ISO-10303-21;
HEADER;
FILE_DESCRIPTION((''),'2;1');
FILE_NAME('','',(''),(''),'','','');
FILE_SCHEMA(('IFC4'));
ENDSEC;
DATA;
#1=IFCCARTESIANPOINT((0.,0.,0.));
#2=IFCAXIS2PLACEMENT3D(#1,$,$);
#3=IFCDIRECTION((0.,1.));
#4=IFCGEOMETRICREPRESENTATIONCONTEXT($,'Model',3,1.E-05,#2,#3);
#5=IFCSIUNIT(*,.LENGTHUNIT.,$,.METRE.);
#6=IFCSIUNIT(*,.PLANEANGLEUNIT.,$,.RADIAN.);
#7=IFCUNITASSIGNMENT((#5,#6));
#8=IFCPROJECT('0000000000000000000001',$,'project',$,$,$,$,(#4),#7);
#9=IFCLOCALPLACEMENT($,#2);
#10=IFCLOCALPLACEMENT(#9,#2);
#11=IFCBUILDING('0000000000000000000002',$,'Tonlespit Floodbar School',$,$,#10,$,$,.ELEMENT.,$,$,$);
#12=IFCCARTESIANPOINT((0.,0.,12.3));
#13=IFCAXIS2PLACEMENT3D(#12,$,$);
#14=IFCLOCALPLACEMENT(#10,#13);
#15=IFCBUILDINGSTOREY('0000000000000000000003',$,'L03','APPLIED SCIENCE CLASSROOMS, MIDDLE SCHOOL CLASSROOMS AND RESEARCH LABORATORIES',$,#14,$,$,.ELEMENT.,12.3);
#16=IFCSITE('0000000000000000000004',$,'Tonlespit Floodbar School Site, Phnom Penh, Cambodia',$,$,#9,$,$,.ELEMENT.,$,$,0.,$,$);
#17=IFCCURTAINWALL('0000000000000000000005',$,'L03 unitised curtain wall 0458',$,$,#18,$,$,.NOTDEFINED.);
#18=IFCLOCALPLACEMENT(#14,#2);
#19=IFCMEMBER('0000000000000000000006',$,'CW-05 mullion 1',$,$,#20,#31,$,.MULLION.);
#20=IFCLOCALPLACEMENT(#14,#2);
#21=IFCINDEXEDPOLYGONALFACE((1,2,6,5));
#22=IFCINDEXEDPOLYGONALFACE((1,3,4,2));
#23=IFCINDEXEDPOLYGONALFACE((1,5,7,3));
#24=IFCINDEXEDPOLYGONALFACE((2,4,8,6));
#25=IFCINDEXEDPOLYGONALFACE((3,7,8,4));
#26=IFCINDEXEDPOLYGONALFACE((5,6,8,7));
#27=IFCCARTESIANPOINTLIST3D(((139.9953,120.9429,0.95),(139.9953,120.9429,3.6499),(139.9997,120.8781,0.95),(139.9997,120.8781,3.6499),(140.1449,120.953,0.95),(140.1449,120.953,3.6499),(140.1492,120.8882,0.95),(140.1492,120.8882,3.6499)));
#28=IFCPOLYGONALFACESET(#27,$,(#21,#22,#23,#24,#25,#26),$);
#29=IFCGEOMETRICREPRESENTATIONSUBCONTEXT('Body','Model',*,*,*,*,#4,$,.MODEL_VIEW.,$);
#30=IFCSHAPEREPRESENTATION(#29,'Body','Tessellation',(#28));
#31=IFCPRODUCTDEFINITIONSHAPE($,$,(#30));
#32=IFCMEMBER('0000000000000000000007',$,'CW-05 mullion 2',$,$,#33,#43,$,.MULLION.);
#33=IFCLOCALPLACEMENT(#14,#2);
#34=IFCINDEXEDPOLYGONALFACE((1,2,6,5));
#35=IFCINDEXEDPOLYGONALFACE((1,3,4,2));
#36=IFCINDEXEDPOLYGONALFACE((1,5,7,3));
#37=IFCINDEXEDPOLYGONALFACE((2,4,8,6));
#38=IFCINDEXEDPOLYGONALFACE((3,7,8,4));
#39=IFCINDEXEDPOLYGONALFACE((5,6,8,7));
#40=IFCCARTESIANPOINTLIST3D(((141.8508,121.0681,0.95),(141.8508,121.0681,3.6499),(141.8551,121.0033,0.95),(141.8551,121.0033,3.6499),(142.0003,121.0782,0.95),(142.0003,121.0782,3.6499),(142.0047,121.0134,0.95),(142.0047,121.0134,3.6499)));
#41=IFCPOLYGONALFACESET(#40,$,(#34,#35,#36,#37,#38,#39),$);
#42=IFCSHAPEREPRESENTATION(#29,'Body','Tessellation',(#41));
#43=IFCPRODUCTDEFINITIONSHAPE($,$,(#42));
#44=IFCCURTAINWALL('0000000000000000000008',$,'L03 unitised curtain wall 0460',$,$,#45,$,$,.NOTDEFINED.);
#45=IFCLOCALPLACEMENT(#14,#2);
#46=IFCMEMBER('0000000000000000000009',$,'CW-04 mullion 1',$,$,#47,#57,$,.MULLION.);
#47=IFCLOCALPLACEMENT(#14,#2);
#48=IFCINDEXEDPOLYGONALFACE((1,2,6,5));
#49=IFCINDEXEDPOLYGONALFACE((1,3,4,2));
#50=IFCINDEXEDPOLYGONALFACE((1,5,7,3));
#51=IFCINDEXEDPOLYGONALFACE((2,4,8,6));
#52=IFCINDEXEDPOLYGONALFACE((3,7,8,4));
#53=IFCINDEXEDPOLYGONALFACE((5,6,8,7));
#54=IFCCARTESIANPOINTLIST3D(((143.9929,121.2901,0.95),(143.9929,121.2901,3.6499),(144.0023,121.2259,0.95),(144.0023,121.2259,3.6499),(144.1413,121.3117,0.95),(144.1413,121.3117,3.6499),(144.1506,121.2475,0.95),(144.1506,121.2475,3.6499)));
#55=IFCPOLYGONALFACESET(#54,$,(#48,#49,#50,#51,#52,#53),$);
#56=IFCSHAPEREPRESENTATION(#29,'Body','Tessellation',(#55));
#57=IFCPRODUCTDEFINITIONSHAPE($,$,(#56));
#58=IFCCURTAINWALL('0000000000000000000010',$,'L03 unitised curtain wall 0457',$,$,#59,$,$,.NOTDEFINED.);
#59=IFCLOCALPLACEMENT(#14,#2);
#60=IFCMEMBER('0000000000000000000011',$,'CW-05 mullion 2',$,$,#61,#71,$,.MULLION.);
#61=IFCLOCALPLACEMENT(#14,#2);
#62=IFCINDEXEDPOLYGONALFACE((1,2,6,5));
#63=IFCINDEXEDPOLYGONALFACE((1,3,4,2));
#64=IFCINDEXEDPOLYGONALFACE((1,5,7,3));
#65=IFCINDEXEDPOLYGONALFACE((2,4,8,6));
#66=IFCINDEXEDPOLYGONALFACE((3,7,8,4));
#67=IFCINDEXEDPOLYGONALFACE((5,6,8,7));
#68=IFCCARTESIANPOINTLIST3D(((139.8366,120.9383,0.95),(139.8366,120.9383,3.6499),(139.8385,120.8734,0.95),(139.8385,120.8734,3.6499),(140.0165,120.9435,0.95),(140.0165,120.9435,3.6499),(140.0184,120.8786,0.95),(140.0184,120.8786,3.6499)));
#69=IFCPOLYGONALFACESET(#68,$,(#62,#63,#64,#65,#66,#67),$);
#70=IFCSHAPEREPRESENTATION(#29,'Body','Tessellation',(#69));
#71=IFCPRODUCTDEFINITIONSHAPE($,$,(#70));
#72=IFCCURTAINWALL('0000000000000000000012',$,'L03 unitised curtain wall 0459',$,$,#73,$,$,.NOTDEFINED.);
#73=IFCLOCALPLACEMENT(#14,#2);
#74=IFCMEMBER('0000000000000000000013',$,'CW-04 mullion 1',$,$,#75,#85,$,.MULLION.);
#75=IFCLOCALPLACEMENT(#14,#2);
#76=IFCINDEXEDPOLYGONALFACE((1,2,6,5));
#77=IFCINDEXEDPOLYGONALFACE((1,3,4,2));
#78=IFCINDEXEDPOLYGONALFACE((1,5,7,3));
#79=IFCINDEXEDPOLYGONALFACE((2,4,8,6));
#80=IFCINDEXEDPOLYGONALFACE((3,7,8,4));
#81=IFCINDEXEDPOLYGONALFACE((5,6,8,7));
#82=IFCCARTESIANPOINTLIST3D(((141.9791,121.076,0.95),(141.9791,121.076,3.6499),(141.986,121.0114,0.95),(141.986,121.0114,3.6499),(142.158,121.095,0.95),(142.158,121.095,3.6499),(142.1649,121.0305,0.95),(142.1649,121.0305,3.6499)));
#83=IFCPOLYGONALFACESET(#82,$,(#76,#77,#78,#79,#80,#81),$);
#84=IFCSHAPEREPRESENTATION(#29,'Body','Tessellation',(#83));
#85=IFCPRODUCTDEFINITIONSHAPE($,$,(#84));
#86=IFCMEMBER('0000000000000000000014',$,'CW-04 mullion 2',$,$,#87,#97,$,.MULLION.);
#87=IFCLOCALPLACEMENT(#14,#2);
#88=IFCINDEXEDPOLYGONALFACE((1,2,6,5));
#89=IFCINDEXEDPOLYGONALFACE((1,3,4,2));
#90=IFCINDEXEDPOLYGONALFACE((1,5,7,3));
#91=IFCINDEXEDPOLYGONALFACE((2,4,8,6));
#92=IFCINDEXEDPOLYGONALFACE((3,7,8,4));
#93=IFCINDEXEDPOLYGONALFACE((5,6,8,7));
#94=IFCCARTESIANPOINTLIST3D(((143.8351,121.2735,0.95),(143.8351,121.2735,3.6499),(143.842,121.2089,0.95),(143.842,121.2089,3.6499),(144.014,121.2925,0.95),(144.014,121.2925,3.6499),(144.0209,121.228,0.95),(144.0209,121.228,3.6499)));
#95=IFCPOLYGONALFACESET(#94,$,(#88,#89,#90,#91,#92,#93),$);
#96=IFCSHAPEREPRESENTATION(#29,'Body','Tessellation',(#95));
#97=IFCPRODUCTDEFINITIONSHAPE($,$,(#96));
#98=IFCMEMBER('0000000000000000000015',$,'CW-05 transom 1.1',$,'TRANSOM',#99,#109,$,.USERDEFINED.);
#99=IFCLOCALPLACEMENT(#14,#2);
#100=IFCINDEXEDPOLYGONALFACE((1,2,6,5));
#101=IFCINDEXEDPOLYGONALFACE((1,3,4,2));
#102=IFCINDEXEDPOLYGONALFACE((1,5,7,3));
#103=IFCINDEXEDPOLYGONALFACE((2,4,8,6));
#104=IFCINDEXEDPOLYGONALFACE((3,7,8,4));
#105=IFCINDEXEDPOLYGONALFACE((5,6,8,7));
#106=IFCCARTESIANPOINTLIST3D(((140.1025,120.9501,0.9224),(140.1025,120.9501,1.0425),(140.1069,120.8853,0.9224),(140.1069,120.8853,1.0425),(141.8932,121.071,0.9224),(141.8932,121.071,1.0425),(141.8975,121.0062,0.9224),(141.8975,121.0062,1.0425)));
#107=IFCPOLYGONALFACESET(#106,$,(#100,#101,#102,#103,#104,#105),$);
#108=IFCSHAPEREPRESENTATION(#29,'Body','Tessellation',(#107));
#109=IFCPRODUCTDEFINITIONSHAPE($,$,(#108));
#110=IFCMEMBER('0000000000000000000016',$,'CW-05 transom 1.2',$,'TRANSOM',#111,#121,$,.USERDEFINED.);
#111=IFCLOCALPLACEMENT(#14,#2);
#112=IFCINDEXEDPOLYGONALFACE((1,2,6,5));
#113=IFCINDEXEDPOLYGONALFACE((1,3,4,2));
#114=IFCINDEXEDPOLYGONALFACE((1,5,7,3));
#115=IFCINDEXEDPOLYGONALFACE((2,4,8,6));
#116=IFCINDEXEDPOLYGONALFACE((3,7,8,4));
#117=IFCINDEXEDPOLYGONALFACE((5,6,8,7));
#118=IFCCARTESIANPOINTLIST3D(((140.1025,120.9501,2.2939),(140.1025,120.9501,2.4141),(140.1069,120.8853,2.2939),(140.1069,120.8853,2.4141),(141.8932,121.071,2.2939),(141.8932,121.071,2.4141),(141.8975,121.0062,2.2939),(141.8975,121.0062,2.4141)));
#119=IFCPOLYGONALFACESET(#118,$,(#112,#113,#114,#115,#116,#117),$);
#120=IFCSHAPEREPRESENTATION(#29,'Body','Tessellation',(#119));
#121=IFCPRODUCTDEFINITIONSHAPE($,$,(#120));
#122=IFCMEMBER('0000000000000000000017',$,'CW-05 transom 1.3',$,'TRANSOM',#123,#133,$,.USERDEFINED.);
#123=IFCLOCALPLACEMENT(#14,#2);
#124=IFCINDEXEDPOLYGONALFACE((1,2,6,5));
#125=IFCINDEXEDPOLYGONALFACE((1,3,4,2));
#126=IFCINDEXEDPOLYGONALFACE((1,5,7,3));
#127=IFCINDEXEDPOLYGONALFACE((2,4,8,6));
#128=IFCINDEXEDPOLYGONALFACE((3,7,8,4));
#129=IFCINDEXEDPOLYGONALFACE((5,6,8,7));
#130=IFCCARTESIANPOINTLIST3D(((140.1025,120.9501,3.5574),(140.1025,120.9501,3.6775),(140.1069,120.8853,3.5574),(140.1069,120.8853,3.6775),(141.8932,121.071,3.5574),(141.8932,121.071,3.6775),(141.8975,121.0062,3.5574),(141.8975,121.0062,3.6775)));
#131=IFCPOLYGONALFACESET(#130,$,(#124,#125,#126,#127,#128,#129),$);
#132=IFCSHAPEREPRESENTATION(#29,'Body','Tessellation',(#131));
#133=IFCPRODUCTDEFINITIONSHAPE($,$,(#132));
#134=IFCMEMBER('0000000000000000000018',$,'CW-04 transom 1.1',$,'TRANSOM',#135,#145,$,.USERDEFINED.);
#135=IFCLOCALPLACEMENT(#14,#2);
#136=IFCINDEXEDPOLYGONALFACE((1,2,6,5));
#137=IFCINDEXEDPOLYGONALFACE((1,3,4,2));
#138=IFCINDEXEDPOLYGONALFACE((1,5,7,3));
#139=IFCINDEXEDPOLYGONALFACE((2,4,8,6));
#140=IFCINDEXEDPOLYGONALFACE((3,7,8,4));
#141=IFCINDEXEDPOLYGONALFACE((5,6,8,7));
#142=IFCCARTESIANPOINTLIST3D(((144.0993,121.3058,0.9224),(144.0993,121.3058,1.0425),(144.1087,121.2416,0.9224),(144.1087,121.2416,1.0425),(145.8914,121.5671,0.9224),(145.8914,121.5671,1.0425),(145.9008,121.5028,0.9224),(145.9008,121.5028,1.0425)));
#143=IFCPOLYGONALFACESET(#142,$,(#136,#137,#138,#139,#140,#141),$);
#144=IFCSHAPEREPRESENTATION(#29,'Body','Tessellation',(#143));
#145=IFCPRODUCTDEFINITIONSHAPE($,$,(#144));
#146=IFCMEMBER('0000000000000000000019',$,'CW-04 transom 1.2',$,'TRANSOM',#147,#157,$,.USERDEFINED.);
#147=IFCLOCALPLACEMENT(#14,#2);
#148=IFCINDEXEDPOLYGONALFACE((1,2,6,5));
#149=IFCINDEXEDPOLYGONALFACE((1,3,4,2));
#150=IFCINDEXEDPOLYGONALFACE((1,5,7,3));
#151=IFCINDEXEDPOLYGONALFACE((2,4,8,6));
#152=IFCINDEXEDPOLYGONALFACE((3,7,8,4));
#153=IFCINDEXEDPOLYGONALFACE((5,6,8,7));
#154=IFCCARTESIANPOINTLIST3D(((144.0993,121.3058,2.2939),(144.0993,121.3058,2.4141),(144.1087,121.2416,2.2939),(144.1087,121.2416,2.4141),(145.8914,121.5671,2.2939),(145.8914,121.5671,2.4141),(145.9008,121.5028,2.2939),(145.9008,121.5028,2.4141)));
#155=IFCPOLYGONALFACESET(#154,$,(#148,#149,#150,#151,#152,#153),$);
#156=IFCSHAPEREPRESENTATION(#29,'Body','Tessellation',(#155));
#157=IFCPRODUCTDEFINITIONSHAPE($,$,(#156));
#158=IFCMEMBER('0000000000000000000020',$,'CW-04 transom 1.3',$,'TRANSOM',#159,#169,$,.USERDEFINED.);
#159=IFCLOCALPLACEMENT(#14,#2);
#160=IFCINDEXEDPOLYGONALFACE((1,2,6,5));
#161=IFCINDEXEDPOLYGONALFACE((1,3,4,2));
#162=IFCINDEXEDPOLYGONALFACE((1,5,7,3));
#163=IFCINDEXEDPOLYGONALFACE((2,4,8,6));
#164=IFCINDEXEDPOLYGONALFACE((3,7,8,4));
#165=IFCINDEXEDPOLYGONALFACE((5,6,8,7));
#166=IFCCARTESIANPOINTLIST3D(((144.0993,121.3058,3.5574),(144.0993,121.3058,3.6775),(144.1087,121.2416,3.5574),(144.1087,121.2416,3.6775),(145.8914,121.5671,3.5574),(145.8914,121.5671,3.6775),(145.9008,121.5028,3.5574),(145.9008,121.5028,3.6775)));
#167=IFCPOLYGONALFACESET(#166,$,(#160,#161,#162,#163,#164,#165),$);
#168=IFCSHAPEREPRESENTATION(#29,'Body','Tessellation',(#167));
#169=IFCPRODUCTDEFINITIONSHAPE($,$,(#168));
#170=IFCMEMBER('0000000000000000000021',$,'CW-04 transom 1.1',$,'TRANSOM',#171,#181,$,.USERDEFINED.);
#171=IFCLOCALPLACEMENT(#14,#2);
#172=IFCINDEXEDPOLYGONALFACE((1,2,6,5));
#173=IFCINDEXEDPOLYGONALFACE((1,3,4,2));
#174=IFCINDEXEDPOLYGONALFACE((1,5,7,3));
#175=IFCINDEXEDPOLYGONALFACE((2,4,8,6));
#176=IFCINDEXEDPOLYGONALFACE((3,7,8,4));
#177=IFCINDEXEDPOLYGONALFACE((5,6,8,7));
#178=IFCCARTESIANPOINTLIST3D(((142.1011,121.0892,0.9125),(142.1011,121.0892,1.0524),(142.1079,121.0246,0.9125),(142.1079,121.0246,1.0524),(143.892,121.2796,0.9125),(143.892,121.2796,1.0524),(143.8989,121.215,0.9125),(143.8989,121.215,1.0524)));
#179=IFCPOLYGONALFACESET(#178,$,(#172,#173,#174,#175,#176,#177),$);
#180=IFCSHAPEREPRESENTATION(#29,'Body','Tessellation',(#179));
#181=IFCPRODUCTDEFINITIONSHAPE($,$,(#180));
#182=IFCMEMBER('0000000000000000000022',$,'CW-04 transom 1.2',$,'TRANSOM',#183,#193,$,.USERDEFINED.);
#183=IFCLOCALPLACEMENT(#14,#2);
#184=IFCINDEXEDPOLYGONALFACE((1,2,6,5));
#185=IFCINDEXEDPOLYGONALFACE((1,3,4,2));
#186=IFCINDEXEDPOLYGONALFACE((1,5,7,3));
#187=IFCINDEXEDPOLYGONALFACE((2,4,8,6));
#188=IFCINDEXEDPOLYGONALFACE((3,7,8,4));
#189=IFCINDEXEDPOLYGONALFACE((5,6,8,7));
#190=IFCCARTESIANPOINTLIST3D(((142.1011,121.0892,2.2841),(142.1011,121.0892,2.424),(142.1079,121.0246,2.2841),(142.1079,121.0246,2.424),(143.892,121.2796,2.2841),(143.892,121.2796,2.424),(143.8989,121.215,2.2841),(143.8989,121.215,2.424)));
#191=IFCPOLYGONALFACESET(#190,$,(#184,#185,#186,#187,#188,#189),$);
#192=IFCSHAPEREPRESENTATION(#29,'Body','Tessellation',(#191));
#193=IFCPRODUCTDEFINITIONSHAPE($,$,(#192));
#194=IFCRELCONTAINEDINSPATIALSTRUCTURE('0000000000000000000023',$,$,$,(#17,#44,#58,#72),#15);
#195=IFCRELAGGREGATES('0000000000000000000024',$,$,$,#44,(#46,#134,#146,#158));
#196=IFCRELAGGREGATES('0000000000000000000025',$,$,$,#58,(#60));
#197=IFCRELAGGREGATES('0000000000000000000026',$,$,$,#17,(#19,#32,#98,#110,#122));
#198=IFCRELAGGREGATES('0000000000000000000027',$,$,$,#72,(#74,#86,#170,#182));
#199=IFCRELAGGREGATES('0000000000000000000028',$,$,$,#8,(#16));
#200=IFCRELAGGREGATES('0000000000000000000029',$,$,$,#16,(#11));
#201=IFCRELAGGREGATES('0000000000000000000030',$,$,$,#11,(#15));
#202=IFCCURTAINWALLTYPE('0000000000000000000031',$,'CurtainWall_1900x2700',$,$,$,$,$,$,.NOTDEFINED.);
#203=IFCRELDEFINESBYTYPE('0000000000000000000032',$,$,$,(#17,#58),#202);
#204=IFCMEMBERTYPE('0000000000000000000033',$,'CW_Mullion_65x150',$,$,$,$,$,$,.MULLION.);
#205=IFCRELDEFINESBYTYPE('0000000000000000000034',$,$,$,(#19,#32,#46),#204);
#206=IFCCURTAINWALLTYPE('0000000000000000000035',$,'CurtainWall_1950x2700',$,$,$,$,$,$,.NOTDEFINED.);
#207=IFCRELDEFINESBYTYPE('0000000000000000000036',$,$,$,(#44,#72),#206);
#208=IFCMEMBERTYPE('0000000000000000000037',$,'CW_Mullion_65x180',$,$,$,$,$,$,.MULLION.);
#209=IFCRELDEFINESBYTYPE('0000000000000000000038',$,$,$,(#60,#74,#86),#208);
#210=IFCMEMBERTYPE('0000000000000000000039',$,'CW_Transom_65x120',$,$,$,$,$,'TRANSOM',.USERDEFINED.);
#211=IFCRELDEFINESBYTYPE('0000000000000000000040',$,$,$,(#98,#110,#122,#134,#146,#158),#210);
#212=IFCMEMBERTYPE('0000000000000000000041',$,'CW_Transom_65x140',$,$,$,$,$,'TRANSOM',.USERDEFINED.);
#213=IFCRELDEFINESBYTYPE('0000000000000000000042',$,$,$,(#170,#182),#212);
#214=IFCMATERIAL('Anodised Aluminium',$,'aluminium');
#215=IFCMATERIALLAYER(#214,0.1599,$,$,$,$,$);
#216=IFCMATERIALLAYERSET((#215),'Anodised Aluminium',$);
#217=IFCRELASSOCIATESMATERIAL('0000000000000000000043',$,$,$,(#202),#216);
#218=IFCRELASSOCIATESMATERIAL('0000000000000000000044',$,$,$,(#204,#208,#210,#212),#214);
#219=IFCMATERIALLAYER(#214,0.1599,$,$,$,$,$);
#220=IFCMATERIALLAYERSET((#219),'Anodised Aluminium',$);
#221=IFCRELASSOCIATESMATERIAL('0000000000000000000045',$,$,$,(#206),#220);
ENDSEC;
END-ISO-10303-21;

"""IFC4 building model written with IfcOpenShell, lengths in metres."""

from ifc_helpers import new_model, si_unit, direction, frame, origin, origin_2d, place, context, subcontext, project, spatial, rectangle, extrude, material, layer, layer_set, material_profile, profile_set, type_object, element, aggregate, save


model = new_model("IFC4")

# Units and contexts
model_context = context("Model", 3, precision=1e-05, world=origin(), true_north=direction((0.0, 1.0)))
body_context = subcontext(model_context, "Body", "Model", "MODEL_VIEW")
ifc_project = project(units=[si_unit("LENGTHUNIT", "METRE"), si_unit("PLANEANGLEUNIT", "RADIAN")], contexts=[model_context])

# Site, building, storey
site_placement = place(None, origin())
site = spatial("IfcSite", under=ifc_project, at=site_placement, Name="Tonlespit Floodbar School Site, Phnom Penh, Cambodia", CompositionType="ELEMENT", RefElevation=0.0)
building_placement = place(site_placement, origin())
building = spatial("IfcBuilding", under=site, at=building_placement, Name="Tonlespit Floodbar School", CompositionType="ELEMENT")
storey_placement = place(building_placement, frame((0.0, 0.0, 12.3)))
storey = spatial("IfcBuildingStorey", under=building, at=storey_placement, Name="L03", Description="APPLIED SCIENCE CLASSROOMS, MIDDLE SCHOOL CLASSROOMS AND RESEARCH LABORATORIES", CompositionType="ELEMENT", Elevation=12.3)

# Curtain wall, members
ifc_material_1 = material(Name="Anodised Aluminium", Category="aluminium")
ifc_layer_1 = layer(ifc_material_1, 0.1599)
ifc_layer_set_1 = layer_set([ifc_layer_1], Name="Anodised Aluminium")
curtain_wall_type_1 = type_object("IfcCurtainWallType", Name="CurtainWall_1900x2700", PredefinedType="NOTDEFINED", material=ifc_layer_set_1)
curtain_wall_1_placement = place(storey_placement, origin())
curtain_wall_1 = element("IfcCurtainWall", 1, at=curtain_wall_1_placement, inside=storey, type_object=curtain_wall_type_1, Name="L03 unitised curtain wall 0458", PredefinedType="NOTDEFINED")
ifc_material_profile_1 = material_profile(ifc_material_1, rectangle(XDim=0.0649, YDim=0.1499, at=origin_2d()), Name="ALU M65x150")
ifc_profile_set_1 = profile_set([ifc_material_profile_1], Name="Anodised Aluminium")
member_type_1 = type_object("IfcMemberType", Name="CW_Mullion_65x150", PredefinedType="MULLION", material=ifc_profile_set_1)
member_1_placement = place(storey_placement, frame((140.0723, 120.9155, 0.95), z_axis=(0.0, 0.0, 1.0), x_axis=(-0.06734, 0.99773, 0.0)))
member_1 = element("IfcMember", 2, at=member_1_placement, type_object=member_type_1, Name="CW-05 mullion 1", PredefinedType="MULLION", context=body_context, shape_type="SweptSolid", body=[
    extrude(rectangle(XDim=0.0649, YDim=0.1499, at=origin_2d()), origin(), (0.0, 0.0, 1.0), 2.7),
])
member_2_placement = place(storey_placement, frame((141.9277, 121.0408, 0.95), z_axis=(0.0, 0.0, 1.0), x_axis=(-0.06734, 0.99773, 0.0)))
member_2 = element("IfcMember", 3, at=member_2_placement, type_object=member_type_1, Name="CW-05 mullion 2", PredefinedType="MULLION", context=body_context, shape_type="SweptSolid", body=[
    extrude(rectangle(XDim=0.0649, YDim=0.1499, at=origin_2d()), origin(), (0.0, 0.0, 1.0), 2.7),
])

# Curtain walls, members
ifc_layer_2 = layer(ifc_material_1, 0.1599)
ifc_layer_set_2 = layer_set([ifc_layer_2], Name="Anodised Aluminium")
curtain_wall_type_2 = type_object("IfcCurtainWallType", Name="CurtainWall_1950x2700", PredefinedType="NOTDEFINED", material=ifc_layer_set_2)
curtain_wall_2_placement = place(storey_placement, origin())
curtain_wall_2 = element("IfcCurtainWall", 4, at=curtain_wall_2_placement, inside=storey, type_object=curtain_wall_type_2, Name="L03 unitised curtain wall 0460", PredefinedType="NOTDEFINED")
member_3_placement = place(storey_placement, frame((144.0718, 121.2688, 0.95), z_axis=(0.0, 0.0, 1.0), x_axis=(-0.144248, 0.989542, 0.0)))
member_3 = element("IfcMember", 5, at=member_3_placement, type_object=member_type_1, Name="CW-04 mullion 1", PredefinedType="MULLION", context=body_context, shape_type="SweptSolid", body=[
    extrude(rectangle(XDim=0.0649, YDim=0.1499, at=origin_2d()), origin(), (0.0, 0.0, 1.0), 2.7),
])
curtain_wall_3_placement = place(storey_placement, origin())
curtain_wall_3 = element("IfcCurtainWall", 6, at=curtain_wall_3_placement, inside=storey, type_object=curtain_wall_type_1, Name="L03 unitised curtain wall 0457", PredefinedType="NOTDEFINED")
ifc_material_profile_2 = material_profile(ifc_material_1, rectangle(XDim=0.0649, YDim=0.1799, at=origin_2d()), Name="ALU M65x180")
ifc_profile_set_2 = profile_set([ifc_material_profile_2], Name="Anodised Aluminium")
member_type_2 = type_object("IfcMemberType", Name="CW_Mullion_65x180", PredefinedType="MULLION", material=ifc_profile_set_2)
member_4_placement = place(storey_placement, frame((139.9275, 120.9084, 0.95), z_axis=(0.0, 0.0, 1.0), x_axis=(-0.02879, 0.999585, 0.0)))
member_4 = element("IfcMember", 7, at=member_4_placement, type_object=member_type_2, Name="CW-05 mullion 2", PredefinedType="MULLION", context=body_context, shape_type="SweptSolid", body=[
    extrude(rectangle(XDim=0.0649, YDim=0.1799, at=origin_2d()), origin(), (0.0, 0.0, 1.0), 2.7),
])

# Curtain wall, members
curtain_wall_4_placement = place(storey_placement, origin())
curtain_wall_4 = element("IfcCurtainWall", 8, at=curtain_wall_4_placement, inside=storey, type_object=curtain_wall_type_2, Name="L03 unitised curtain wall 0459", PredefinedType="NOTDEFINED")
member_5_placement = place(storey_placement, frame((142.072, 121.0532, 0.95), z_axis=(0.0, 0.0, 1.0), x_axis=(-0.105787, 0.994389, 0.0)))
member_5 = element("IfcMember", 9, at=member_5_placement, type_object=member_type_2, Name="CW-04 mullion 1", PredefinedType="MULLION", context=body_context, shape_type="SweptSolid", body=[
    extrude(rectangle(XDim=0.0649, YDim=0.1799, at=origin_2d()), origin(), (0.0, 0.0, 1.0), 2.7),
])
member_6_placement = place(storey_placement, frame((143.928, 121.2507, 0.95), z_axis=(0.0, 0.0, 1.0), x_axis=(-0.105787, 0.994389, 0.0)))
member_6 = element("IfcMember", 10, at=member_6_placement, type_object=member_type_2, Name="CW-04 mullion 2", PredefinedType="MULLION", context=body_context, shape_type="SweptSolid", body=[
    extrude(rectangle(XDim=0.0649, YDim=0.1799, at=origin_2d()), origin(), (0.0, 0.0, 1.0), 2.7),
])

# Members
ifc_material_profile_3 = material_profile(ifc_material_1, rectangle(XDim=0.0649, YDim=0.1201, at=origin_2d()), Name="ALU T65x120")
ifc_profile_set_3 = profile_set([ifc_material_profile_3], Name="Anodised Aluminium")
member_type_3 = type_object("IfcMemberType", Name="CW_Transom_65x120", ElementType="TRANSOM", PredefinedType="USERDEFINED", material=ifc_profile_set_3)
member_7_placement = place(storey_placement, frame((140.1047, 120.9177, 0.9824), z_axis=(0.99773, 0.067341, 0.0), x_axis=(-0.067341, 0.99773, 0.0)))
member_7 = element("IfcMember", 11, at=member_7_placement, type_object=member_type_3, Name="CW-05 transom 1.1", ObjectType="TRANSOM", PredefinedType="USERDEFINED", context=body_context, shape_type="SweptSolid", body=[
    extrude(rectangle(XDim=0.0649, YDim=0.1201, at=origin_2d()), origin(), (0.0, 0.0, 1.0), 1.7947),
])
member_8_placement = place(storey_placement, frame((140.1047, 120.9177, 2.354), z_axis=(0.99773, 0.067341, 0.0), x_axis=(-0.067341, 0.99773, 0.0)))
member_8 = element("IfcMember", 12, at=member_8_placement, type_object=member_type_3, Name="CW-05 transom 1.2", ObjectType="TRANSOM", PredefinedType="USERDEFINED", context=body_context, shape_type="SweptSolid", body=[
    extrude(rectangle(XDim=0.0649, YDim=0.1201, at=origin_2d()), origin(), (0.0, 0.0, 1.0), 1.7947),
])
member_9_placement = place(storey_placement, frame((140.1047, 120.9177, 3.6174), z_axis=(0.99773, 0.067341, 0.0), x_axis=(-0.067341, 0.99773, 0.0)))
member_9 = element("IfcMember", 13, at=member_9_placement, type_object=member_type_3, Name="CW-05 transom 1.3", ObjectType="TRANSOM", PredefinedType="USERDEFINED", context=body_context, shape_type="SweptSolid", body=[
    extrude(rectangle(XDim=0.0649, YDim=0.1201, at=origin_2d()), origin(), (0.0, 0.0, 1.0), 1.7947),
])
member_10_placement = place(storey_placement, frame((144.104, 121.2737, 0.9824), z_axis=(0.989541, 0.144252, 0.0), x_axis=(-0.144252, 0.989541, 0.0)))
member_10 = element("IfcMember", 14, at=member_10_placement, type_object=member_type_3, Name="CW-04 transom 1.1", ObjectType="TRANSOM", PredefinedType="USERDEFINED", context=body_context, shape_type="SweptSolid", body=[
    extrude(rectangle(XDim=0.0649, YDim=0.1201, at=origin_2d()), origin(), (0.0, 0.0, 1.0), 1.811),
])
member_11_placement = place(storey_placement, frame((144.104, 121.2737, 2.354), z_axis=(0.989541, 0.144252, 0.0), x_axis=(-0.144252, 0.989541, 0.0)))
member_11 = element("IfcMember", 15, at=member_11_placement, type_object=member_type_3, Name="CW-04 transom 1.2", ObjectType="TRANSOM", PredefinedType="USERDEFINED", context=body_context, shape_type="SweptSolid", body=[
    extrude(rectangle(XDim=0.0649, YDim=0.1201, at=origin_2d()), origin(), (0.0, 0.0, 1.0), 1.811),
])
member_12_placement = place(storey_placement, frame((144.104, 121.2737, 3.6174), z_axis=(0.989541, 0.144252, 0.0), x_axis=(-0.144252, 0.989541, 0.0)))
member_12 = element("IfcMember", 16, at=member_12_placement, type_object=member_type_3, Name="CW-04 transom 1.3", ObjectType="TRANSOM", PredefinedType="USERDEFINED", context=body_context, shape_type="SweptSolid", body=[
    extrude(rectangle(XDim=0.0649, YDim=0.1201, at=origin_2d()), origin(), (0.0, 0.0, 1.0), 1.811),
])
aggregate(curtain_wall_2, [member_3, member_10, member_11, member_12])
ifc_material_profile_4 = material_profile(ifc_material_1, rectangle(XDim=0.0649, YDim=0.1399, at=origin_2d()), Name="ALU T65x140")
ifc_profile_set_4 = profile_set([ifc_material_profile_4], Name="Anodised Aluminium")
member_type_4 = type_object("IfcMemberType", Name="CW_Transom_65x140", ElementType="TRANSOM", PredefinedType="USERDEFINED", material=ifc_profile_set_4)
member_13_placement = place(storey_placement, frame((142.1045, 121.0569, 0.9824), z_axis=(0.994395, 0.105729, 0.0), x_axis=(-0.105729, 0.994395, 0.0)))
member_13 = element("IfcMember", 17, at=member_13_placement, type_object=member_type_4, Name="CW-04 transom 1.1", ObjectType="TRANSOM", PredefinedType="USERDEFINED", context=body_context, shape_type="SweptSolid", body=[
    extrude(rectangle(XDim=0.0649, YDim=0.1399, at=origin_2d()), origin(), (0.0, 0.0, 1.0), 1.801),
])
member_14_placement = place(storey_placement, frame((142.1045, 121.0569, 2.354), z_axis=(0.994395, 0.105729, 0.0), x_axis=(-0.105729, 0.994395, 0.0)))
member_14 = element("IfcMember", 18, at=member_14_placement, type_object=member_type_4, Name="CW-04 transom 1.2", ObjectType="TRANSOM", PredefinedType="USERDEFINED", context=body_context, shape_type="SweptSolid", body=[
    extrude(rectangle(XDim=0.0649, YDim=0.1399, at=origin_2d()), origin(), (0.0, 0.0, 1.0), 1.801),
])

aggregate(curtain_wall_3, [member_4])
aggregate(curtain_wall_1, [member_1, member_2, member_7, member_8, member_9])
aggregate(curtain_wall_4, [member_5, member_6, member_13, member_14])

save(model, "model.ifc")
